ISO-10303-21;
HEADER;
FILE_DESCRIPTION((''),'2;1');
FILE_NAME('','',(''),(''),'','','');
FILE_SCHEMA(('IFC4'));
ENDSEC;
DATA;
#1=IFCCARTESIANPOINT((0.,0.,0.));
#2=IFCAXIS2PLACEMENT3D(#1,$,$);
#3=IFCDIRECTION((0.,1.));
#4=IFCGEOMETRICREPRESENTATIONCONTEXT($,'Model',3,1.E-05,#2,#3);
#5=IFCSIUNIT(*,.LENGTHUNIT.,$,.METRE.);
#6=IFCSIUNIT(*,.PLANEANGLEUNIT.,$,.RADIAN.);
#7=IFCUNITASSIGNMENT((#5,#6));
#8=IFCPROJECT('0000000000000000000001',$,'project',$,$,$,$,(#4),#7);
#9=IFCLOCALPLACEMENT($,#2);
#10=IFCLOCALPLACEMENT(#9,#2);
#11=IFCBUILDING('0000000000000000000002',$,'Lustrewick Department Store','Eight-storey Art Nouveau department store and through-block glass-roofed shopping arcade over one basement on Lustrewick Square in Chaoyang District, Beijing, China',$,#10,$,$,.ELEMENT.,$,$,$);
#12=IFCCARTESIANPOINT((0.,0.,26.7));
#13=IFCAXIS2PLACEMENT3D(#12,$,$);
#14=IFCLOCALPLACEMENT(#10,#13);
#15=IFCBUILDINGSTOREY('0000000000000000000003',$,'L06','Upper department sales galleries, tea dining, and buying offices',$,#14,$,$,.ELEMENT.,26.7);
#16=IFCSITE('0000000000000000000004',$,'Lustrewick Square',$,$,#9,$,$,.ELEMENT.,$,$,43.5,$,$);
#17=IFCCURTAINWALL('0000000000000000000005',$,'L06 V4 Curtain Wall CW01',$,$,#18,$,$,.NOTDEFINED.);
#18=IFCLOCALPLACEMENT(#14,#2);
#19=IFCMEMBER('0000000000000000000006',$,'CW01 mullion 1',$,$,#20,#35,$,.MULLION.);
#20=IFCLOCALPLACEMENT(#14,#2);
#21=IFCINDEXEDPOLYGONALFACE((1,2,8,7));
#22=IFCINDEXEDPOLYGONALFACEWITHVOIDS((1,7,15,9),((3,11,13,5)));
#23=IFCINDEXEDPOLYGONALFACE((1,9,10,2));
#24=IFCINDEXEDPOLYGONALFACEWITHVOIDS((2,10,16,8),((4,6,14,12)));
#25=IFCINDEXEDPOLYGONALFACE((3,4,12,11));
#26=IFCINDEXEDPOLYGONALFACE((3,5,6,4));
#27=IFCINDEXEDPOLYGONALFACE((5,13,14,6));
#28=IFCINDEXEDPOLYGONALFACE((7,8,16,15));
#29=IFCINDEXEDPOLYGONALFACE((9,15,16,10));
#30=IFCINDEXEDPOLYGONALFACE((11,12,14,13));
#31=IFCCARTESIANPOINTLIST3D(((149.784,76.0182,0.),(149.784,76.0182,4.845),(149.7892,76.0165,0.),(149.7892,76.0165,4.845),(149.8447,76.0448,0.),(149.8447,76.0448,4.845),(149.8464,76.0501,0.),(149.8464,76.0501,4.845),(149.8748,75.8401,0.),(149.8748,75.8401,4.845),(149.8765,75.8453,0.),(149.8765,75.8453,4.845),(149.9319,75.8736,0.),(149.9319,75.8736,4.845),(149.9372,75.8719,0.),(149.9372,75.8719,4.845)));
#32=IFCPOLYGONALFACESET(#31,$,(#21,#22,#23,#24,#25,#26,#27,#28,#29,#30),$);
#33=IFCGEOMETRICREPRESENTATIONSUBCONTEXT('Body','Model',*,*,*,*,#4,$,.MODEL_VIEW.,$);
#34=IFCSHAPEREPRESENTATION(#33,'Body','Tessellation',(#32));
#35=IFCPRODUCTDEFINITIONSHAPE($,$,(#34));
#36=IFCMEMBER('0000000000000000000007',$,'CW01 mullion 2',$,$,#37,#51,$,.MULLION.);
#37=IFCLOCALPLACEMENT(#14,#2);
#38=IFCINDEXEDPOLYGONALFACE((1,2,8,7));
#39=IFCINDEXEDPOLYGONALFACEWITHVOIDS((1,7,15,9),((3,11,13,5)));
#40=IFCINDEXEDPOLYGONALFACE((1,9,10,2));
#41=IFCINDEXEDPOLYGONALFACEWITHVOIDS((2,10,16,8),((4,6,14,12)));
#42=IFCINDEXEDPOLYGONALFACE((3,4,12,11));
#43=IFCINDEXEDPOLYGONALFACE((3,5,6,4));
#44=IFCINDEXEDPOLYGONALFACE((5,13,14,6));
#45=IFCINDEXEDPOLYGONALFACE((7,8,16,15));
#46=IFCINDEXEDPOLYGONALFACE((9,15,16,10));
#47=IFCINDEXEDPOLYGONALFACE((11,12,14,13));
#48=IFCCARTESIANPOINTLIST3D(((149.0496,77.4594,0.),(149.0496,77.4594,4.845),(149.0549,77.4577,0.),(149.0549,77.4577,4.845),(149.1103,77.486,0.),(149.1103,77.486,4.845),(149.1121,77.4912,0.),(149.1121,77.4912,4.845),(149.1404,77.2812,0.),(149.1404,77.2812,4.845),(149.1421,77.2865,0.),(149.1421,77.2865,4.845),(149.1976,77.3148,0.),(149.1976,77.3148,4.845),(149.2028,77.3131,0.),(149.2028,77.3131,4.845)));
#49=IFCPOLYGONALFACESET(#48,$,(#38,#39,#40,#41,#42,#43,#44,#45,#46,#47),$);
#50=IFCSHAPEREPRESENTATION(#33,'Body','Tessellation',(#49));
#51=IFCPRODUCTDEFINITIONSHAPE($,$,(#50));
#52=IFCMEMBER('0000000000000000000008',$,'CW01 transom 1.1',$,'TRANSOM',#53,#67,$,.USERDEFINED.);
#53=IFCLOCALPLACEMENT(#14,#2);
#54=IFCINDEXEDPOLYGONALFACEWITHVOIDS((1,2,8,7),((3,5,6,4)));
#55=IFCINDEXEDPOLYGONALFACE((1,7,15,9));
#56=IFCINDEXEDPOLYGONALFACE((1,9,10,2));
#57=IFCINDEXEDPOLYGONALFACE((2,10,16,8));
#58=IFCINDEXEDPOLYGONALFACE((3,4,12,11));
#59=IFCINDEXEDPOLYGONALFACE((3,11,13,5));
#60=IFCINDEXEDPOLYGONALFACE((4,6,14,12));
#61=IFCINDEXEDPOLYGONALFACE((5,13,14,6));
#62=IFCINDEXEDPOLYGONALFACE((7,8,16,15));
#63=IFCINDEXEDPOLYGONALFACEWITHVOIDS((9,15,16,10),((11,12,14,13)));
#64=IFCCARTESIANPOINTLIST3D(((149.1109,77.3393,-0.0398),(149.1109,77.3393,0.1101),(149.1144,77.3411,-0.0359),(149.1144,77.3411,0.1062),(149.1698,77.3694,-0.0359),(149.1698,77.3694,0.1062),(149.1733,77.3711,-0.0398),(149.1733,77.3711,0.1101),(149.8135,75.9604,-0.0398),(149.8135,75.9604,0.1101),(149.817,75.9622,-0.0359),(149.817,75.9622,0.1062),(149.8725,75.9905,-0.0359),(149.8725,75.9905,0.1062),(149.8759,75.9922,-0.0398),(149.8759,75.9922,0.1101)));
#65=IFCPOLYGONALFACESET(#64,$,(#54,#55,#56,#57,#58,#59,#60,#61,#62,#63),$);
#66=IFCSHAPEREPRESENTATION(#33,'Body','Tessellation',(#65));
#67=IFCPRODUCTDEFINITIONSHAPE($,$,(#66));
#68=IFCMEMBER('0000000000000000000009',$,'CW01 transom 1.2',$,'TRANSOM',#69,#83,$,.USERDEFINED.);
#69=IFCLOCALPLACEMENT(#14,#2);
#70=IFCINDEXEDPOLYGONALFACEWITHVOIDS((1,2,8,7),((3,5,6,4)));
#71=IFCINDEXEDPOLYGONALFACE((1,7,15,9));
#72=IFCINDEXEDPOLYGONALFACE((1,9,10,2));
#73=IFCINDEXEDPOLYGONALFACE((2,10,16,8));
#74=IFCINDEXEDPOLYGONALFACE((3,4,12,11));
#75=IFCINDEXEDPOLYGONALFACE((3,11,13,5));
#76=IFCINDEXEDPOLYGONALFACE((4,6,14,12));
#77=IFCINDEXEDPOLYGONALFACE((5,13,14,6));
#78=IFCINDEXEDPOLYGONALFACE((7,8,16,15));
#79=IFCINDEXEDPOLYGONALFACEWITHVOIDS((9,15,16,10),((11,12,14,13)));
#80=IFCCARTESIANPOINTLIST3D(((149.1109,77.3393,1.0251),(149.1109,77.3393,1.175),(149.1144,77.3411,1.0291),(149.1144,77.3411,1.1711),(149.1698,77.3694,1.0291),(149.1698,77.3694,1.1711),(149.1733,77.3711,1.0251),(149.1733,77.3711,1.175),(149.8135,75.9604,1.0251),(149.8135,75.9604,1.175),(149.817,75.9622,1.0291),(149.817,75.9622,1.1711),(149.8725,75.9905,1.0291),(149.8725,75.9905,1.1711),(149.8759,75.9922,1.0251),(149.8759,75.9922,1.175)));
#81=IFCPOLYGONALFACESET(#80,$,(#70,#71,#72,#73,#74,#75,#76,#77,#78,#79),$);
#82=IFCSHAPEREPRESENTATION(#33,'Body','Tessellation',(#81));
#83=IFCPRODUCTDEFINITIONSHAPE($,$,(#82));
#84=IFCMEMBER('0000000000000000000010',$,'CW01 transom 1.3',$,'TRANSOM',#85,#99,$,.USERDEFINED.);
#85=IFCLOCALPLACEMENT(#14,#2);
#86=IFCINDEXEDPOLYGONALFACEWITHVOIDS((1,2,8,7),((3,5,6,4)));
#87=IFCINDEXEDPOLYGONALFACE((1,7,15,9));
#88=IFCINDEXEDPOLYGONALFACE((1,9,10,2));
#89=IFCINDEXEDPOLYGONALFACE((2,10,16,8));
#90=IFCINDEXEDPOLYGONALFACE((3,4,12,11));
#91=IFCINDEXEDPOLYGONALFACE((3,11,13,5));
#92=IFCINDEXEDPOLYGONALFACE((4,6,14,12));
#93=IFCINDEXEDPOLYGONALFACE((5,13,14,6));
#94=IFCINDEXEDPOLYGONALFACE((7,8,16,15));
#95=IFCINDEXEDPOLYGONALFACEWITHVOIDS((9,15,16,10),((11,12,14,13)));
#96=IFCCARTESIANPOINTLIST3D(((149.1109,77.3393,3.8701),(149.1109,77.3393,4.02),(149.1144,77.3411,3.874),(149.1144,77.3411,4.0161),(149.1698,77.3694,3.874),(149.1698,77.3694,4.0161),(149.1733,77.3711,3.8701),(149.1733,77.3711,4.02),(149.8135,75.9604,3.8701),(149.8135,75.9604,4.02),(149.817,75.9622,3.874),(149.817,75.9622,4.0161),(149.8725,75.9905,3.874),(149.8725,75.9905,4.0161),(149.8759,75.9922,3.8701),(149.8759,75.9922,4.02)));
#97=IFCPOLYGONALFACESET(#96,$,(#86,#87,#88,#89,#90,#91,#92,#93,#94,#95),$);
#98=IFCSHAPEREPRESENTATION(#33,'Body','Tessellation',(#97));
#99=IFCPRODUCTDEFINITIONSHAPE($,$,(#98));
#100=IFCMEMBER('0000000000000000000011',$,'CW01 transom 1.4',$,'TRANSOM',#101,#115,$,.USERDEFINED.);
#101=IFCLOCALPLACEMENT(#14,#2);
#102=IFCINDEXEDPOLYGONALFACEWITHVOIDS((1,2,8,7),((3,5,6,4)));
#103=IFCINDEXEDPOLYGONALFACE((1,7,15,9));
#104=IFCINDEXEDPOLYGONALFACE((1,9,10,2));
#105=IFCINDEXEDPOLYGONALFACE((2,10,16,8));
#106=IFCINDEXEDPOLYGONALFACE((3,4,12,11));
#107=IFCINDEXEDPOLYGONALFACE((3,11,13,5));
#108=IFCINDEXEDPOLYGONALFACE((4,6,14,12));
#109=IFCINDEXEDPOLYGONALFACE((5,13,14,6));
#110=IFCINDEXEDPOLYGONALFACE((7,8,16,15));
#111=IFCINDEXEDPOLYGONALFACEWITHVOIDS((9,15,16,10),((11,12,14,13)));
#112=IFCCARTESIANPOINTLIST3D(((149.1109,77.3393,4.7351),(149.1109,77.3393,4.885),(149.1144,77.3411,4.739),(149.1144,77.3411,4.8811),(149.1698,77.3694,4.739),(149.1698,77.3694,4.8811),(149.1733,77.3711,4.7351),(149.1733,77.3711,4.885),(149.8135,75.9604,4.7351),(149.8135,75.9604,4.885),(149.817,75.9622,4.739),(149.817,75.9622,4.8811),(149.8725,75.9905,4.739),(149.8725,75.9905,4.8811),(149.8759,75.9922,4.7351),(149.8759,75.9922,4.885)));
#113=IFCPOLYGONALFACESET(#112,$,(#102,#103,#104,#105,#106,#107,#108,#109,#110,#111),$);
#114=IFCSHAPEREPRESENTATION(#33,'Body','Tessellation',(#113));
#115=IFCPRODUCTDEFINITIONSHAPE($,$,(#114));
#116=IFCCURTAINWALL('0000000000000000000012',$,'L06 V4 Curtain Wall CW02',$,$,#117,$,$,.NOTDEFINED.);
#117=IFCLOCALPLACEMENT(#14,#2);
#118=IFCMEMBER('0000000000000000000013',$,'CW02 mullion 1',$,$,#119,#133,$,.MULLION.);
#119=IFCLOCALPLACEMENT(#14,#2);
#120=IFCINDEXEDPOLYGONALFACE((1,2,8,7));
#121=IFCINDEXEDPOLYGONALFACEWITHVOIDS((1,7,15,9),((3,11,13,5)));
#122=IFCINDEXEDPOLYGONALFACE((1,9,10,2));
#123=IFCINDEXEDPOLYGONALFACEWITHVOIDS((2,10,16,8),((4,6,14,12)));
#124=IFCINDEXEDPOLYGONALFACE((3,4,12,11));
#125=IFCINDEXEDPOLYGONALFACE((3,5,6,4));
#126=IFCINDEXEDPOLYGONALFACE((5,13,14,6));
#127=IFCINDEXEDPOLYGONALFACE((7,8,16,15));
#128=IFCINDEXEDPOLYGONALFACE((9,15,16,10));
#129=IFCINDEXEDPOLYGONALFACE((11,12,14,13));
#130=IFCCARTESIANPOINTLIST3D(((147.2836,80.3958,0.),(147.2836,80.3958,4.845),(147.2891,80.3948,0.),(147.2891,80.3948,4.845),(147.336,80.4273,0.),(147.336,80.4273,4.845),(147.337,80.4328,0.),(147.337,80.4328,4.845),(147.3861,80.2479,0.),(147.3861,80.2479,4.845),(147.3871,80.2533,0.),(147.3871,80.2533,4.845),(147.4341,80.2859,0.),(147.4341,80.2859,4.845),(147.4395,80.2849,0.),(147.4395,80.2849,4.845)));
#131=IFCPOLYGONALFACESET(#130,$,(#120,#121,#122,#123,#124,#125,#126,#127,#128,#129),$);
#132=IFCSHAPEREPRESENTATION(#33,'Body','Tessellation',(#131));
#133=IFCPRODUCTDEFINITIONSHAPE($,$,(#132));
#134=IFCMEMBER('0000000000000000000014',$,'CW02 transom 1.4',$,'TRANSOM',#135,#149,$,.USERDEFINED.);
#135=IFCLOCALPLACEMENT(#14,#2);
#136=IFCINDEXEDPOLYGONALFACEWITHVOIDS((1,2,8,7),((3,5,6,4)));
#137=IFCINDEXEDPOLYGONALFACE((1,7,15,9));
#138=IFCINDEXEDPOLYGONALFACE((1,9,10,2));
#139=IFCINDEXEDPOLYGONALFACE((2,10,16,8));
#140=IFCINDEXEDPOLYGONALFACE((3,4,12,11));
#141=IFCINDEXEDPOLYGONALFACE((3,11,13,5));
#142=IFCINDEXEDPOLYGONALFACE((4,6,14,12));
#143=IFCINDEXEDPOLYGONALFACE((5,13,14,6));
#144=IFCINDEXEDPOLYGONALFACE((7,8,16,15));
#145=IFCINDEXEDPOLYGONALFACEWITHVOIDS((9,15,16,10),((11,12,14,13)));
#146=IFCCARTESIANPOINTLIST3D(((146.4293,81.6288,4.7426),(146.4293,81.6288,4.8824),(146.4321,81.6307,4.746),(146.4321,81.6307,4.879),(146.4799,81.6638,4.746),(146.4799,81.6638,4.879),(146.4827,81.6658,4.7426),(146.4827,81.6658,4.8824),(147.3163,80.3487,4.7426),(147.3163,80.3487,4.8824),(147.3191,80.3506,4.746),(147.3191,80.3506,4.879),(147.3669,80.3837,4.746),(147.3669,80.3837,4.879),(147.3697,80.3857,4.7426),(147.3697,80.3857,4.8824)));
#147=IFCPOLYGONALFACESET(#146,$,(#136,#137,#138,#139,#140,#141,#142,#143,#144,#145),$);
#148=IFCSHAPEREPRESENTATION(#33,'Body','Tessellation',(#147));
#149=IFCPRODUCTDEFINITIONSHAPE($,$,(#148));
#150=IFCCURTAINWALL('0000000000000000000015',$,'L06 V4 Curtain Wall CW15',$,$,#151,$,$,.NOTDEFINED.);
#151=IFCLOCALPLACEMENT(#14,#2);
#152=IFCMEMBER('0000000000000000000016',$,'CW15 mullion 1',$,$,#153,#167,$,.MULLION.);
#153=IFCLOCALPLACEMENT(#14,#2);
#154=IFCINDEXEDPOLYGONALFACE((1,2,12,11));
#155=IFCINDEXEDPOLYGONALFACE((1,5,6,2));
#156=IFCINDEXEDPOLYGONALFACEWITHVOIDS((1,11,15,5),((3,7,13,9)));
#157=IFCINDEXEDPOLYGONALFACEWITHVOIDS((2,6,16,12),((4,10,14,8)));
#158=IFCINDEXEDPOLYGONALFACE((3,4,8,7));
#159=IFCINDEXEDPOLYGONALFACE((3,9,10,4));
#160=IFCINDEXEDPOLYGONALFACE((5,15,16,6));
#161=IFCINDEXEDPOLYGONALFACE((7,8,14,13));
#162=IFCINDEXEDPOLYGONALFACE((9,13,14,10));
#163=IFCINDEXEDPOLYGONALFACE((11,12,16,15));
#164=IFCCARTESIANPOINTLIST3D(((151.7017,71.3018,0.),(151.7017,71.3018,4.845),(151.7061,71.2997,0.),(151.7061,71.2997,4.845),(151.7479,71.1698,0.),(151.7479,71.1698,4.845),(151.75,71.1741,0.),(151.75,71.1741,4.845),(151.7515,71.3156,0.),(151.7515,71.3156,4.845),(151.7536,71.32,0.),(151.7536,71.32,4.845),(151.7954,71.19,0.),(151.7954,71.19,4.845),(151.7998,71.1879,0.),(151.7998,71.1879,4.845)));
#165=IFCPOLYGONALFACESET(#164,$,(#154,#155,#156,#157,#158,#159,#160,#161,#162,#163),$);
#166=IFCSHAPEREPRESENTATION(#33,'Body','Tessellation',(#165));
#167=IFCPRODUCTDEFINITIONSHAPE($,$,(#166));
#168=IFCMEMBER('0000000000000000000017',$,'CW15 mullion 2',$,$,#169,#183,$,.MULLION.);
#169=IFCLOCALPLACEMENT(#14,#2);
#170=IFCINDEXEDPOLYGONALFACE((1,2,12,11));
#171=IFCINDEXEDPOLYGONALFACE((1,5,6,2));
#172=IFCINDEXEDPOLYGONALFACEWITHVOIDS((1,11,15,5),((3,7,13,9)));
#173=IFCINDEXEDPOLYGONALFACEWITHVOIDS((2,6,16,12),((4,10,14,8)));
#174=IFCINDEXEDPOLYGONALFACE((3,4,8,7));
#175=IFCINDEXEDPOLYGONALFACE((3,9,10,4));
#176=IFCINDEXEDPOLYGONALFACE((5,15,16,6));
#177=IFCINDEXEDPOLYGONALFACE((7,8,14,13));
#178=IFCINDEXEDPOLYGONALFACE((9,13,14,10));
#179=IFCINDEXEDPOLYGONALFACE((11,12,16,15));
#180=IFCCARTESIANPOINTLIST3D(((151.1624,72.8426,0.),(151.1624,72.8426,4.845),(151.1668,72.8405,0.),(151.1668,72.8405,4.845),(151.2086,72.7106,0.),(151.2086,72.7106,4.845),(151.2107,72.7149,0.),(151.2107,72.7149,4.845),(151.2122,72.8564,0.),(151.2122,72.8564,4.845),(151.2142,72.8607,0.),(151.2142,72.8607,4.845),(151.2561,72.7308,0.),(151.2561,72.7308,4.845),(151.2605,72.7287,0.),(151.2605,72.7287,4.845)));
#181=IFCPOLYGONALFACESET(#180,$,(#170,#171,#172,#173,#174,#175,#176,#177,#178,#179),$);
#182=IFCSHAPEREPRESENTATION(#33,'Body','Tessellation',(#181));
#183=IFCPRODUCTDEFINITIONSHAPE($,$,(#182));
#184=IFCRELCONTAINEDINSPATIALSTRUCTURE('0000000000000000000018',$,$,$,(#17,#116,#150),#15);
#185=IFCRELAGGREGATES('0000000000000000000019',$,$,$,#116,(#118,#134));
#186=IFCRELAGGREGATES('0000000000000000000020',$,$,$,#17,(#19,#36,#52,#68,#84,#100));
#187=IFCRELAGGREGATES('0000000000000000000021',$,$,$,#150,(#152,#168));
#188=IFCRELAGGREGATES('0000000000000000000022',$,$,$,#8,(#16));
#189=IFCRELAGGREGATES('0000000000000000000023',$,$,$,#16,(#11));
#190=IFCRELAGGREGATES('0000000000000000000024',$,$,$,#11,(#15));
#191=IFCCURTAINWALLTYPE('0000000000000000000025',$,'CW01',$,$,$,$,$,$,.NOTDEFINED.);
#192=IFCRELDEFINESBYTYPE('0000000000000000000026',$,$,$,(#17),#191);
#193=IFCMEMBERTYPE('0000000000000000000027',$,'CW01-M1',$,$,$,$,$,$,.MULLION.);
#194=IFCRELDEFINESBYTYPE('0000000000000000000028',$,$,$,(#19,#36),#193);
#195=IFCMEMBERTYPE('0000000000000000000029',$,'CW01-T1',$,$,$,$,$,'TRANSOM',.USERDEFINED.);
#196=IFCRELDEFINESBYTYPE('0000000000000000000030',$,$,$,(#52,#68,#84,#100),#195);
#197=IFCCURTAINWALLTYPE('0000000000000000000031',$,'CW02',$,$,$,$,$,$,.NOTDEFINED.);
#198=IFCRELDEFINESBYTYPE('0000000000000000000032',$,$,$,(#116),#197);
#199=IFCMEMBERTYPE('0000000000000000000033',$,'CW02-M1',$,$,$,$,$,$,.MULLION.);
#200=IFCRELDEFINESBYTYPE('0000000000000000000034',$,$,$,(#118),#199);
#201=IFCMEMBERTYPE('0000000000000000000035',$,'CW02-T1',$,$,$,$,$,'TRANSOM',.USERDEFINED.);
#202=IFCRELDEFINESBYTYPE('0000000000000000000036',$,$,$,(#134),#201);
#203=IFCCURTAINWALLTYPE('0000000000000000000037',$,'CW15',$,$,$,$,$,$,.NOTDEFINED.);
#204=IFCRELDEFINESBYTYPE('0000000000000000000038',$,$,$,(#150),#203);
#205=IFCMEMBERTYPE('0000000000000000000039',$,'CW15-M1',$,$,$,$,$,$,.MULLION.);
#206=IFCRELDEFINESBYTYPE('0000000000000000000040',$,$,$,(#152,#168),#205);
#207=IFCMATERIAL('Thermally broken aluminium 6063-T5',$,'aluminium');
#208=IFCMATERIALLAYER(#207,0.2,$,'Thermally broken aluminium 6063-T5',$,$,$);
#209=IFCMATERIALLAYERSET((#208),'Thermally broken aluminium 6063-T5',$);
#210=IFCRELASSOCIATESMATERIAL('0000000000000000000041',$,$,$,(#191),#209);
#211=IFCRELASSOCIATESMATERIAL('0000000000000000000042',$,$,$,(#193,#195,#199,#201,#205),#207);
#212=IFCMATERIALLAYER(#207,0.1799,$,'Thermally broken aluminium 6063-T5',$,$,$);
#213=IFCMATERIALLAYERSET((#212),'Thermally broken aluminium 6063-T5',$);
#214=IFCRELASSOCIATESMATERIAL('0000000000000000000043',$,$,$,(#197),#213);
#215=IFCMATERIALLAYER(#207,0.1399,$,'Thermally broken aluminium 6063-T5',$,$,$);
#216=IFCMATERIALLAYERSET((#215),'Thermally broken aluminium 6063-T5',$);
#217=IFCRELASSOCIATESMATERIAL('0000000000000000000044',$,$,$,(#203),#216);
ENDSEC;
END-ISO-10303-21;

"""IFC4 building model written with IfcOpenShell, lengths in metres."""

from ifc_helpers import new_model, si_unit, direction, frame, origin, origin_2d, place, context, subcontext, project, spatial, hollow_rectangle, extrude, material, layer, layer_set, material_profile, profile_set, type_object, element, aggregate, save


model = new_model("IFC4")

# Units and contexts
model_context = context("Model", 3, precision=1e-05, world=origin(), true_north=direction((0.0, 1.0)))
body_context = subcontext(model_context, "Body", "Model", "MODEL_VIEW")
ifc_project = project(units=[si_unit("LENGTHUNIT", "METRE"), si_unit("PLANEANGLEUNIT", "RADIAN")], contexts=[model_context])

# Site, building, storey
site_placement = place(None, origin())
site = spatial("IfcSite", under=ifc_project, at=site_placement, Name="Lustrewick Square", CompositionType="ELEMENT", RefElevation=43.5)
building_placement = place(site_placement, origin())
building = spatial("IfcBuilding", under=site, at=building_placement, Name="Lustrewick Department Store", Description="Eight-storey Art Nouveau department store and through-block glass-roofed shopping arcade over one basement on Lustrewick Square in Chaoyang District, Beijing, China", CompositionType="ELEMENT")
storey_placement = place(building_placement, frame((0.0, 0.0, 26.7)))
storey = spatial("IfcBuildingStorey", under=building, at=storey_placement, Name="L06", Description="Upper department sales galleries, tea dining, and buying offices", CompositionType="ELEMENT", Elevation=26.7)

# Curtain walls, members
ifc_material_1 = material(Name="Thermally broken aluminium 6063-T5", Category="aluminium")
ifc_layer_1 = layer(ifc_material_1, 0.2, Name="Thermally broken aluminium 6063-T5")
ifc_layer_set_1 = layer_set([ifc_layer_1], Name="Thermally broken aluminium 6063-T5")
curtain_wall_type_1 = type_object("IfcCurtainWallType", Name="CW01", PredefinedType="NOTDEFINED", material=ifc_layer_set_1)
curtain_wall_1_placement = place(storey_placement, origin())
curtain_wall_1 = element("IfcCurtainWall", 1, at=curtain_wall_1_placement, inside=storey, type_object=curtain_wall_type_1, Name="L06 V4 Curtain Wall CW01", PredefinedType="NOTDEFINED")
ifc_material_profile_1 = material_profile(ifc_material_1, hollow_rectangle(XDim=0.0701, YDim=0.2, WallThickness=0.0039, at=origin_2d()), Name="ALU-M 70x200x4")
ifc_profile_set_1 = profile_set([ifc_material_profile_1], Name="Thermally broken aluminium 6063-T5")
member_type_1 = type_object("IfcMemberType", Name="CW01-M1", PredefinedType="MULLION", material=ifc_profile_set_1)
member_1_placement = place(storey_placement, frame((149.8606, 75.9451, 0.0), z_axis=(0.0, 0.0, 1.0), x_axis=(-0.891024, -0.453957, 0.0)))
member_1 = element("IfcMember", 2, at=member_1_placement, type_object=member_type_1, Name="CW01 mullion 1", PredefinedType="MULLION", context=body_context, shape_type="SweptSolid", body=[
    extrude(hollow_rectangle(XDim=0.0701, YDim=0.2, WallThickness=0.0039, at=origin_2d()), origin(), (0.0, 0.0, 1.0), 4.845),
])
member_2_placement = place(storey_placement, frame((149.1262, 77.3862, 0.0), z_axis=(0.0, 0.0, 1.0), x_axis=(-0.891024, -0.453957, 0.0)))
member_2 = element("IfcMember", 3, at=member_2_placement, type_object=member_type_1, Name="CW01 mullion 2", PredefinedType="MULLION", context=body_context, shape_type="SweptSolid", body=[
    extrude(hollow_rectangle(XDim=0.0701, YDim=0.2, WallThickness=0.0039, at=origin_2d()), origin(), (0.0, 0.0, 1.0), 4.845),
])
ifc_material_profile_2 = material_profile(ifc_material_1, hollow_rectangle(XDim=0.0701, YDim=0.1499, WallThickness=0.0039, at=origin_2d()), Name="ALU-T 70x150x4")
ifc_profile_set_2 = profile_set([ifc_material_profile_2], Name="Thermally broken aluminium 6063-T5")
member_type_2 = type_object("IfcMemberType", Name="CW01-T1", ElementType="TRANSOM", PredefinedType="USERDEFINED", material=ifc_profile_set_2)
member_3_placement = place(storey_placement, frame((149.8447, 75.9763, 0.0352), z_axis=(-0.454016, 0.890994, 0.0), x_axis=(-0.890994, -0.454016, 0.0)))
member_3 = element("IfcMember", 4, at=member_3_placement, type_object=member_type_2, Name="CW01 transom 1.1", ObjectType="TRANSOM", PredefinedType="USERDEFINED", context=body_context, shape_type="SweptSolid", body=[
    extrude(hollow_rectangle(XDim=0.0701, YDim=0.1499, WallThickness=0.0039, at=origin_2d()), origin(), (0.0, 0.0, 1.0), 1.5476),
])
member_4_placement = place(storey_placement, frame((149.8447, 75.9763, 1.1001), z_axis=(-0.454016, 0.890994, 0.0), x_axis=(-0.890994, -0.454016, 0.0)))
member_4 = element("IfcMember", 5, at=member_4_placement, type_object=member_type_2, Name="CW01 transom 1.2", ObjectType="TRANSOM", PredefinedType="USERDEFINED", context=body_context, shape_type="SweptSolid", body=[
    extrude(hollow_rectangle(XDim=0.0701, YDim=0.1499, WallThickness=0.0039, at=origin_2d()), origin(), (0.0, 0.0, 1.0), 1.5476),
])
member_5_placement = place(storey_placement, frame((149.8447, 75.9763, 3.9451), z_axis=(-0.454016, 0.890994, 0.0), x_axis=(-0.890994, -0.454016, 0.0)))
member_5 = element("IfcMember", 6, at=member_5_placement, type_object=member_type_2, Name="CW01 transom 1.3", ObjectType="TRANSOM", PredefinedType="USERDEFINED", context=body_context, shape_type="SweptSolid", body=[
    extrude(hollow_rectangle(XDim=0.0701, YDim=0.1499, WallThickness=0.0039, at=origin_2d()), origin(), (0.0, 0.0, 1.0), 1.5476),
])
member_6_placement = place(storey_placement, frame((149.8447, 75.9763, 4.8101), z_axis=(-0.454016, 0.890994, 0.0), x_axis=(-0.890994, -0.454016, 0.0)))
member_6 = element("IfcMember", 7, at=member_6_placement, type_object=member_type_2, Name="CW01 transom 1.4", ObjectType="TRANSOM", PredefinedType="USERDEFINED", context=body_context, shape_type="SweptSolid", body=[
    extrude(hollow_rectangle(XDim=0.0701, YDim=0.1499, WallThickness=0.0039, at=origin_2d()), origin(), (0.0, 0.0, 1.0), 1.5476),
])
ifc_layer_2 = layer(ifc_material_1, 0.1799, Name="Thermally broken aluminium 6063-T5")
ifc_layer_set_2 = layer_set([ifc_layer_2], Name="Thermally broken aluminium 6063-T5")
curtain_wall_type_2 = type_object("IfcCurtainWallType", Name="CW02", PredefinedType="NOTDEFINED", material=ifc_layer_set_2)
curtain_wall_2_placement = place(storey_placement, origin())
curtain_wall_2 = element("IfcCurtainWall", 8, at=curtain_wall_2_placement, inside=storey, type_object=curtain_wall_type_2, Name="L06 V4 Curtain Wall CW02", PredefinedType="NOTDEFINED")
ifc_material_profile_3 = material_profile(ifc_material_1, hollow_rectangle(XDim=0.0649, YDim=0.1799, WallThickness=0.0039, at=origin_2d()), Name="ALU-M 65x180x4")
ifc_profile_set_3 = profile_set([ifc_material_profile_3], Name="Thermally broken aluminium 6063-T5")
member_type_3 = type_object("IfcMemberType", Name="CW02-M1", PredefinedType="MULLION", material=ifc_profile_set_3)
member_7_placement = place(storey_placement, frame((147.3616, 80.3403, 0.0), z_axis=(0.0, 0.0, 1.0), x_axis=(-0.821979, -0.569518, 0.0)))
member_7 = element("IfcMember", 9, at=member_7_placement, type_object=member_type_3, Name="CW02 mullion 1", PredefinedType="MULLION", context=body_context, shape_type="SweptSolid", body=[
    extrude(hollow_rectangle(XDim=0.0649, YDim=0.1799, WallThickness=0.0039, at=origin_2d()), origin(), (0.0, 0.0, 1.0), 4.845),
])
ifc_material_profile_4 = material_profile(ifc_material_1, hollow_rectangle(XDim=0.0649, YDim=0.1399, WallThickness=0.0034, at=origin_2d()), Name="ALU-T 65x140x3.5")
ifc_profile_set_4 = profile_set([ifc_material_profile_4], Name="Thermally broken aluminium 6063-T5")
member_type_4 = type_object("IfcMemberType", Name="CW02-T1", ElementType="TRANSOM", PredefinedType="USERDEFINED", material=ifc_profile_set_4)
member_8_placement = place(storey_placement, frame((147.343, 80.3672, 4.8125), z_axis=(-0.569552, 0.821955, 0.0), x_axis=(-0.821955, -0.569552, 0.0)))
member_8 = element("IfcMember", 10, at=member_8_placement, type_object=member_type_4, Name="CW02 transom 1.4", ObjectType="TRANSOM", PredefinedType="USERDEFINED", context=body_context, shape_type="SweptSolid", body=[
    extrude(hollow_rectangle(XDim=0.0649, YDim=0.1399, WallThickness=0.0034, at=origin_2d()), origin(), (0.0, 0.0, 1.0), 1.5574),
])
aggregate(curtain_wall_2, [member_7, member_8])
ifc_layer_3 = layer(ifc_material_1, 0.1399, Name="Thermally broken aluminium 6063-T5")
ifc_layer_set_3 = layer_set([ifc_layer_3], Name="Thermally broken aluminium 6063-T5")
curtain_wall_type_3 = type_object("IfcCurtainWallType", Name="CW15", PredefinedType="NOTDEFINED", material=ifc_layer_set_3)
curtain_wall_3_placement = place(storey_placement, origin())
curtain_wall_3 = element("IfcCurtainWall", 11, at=curtain_wall_3_placement, inside=storey, type_object=curtain_wall_type_3, Name="L06 V4 Curtain Wall CW15", PredefinedType="NOTDEFINED")
ifc_material_profile_5 = material_profile(ifc_material_1, hollow_rectangle(XDim=0.0549, YDim=0.1399, WallThickness=0.0034, at=origin_2d()), Name="ALU-M 55x140x3.5")
ifc_profile_set_5 = profile_set([ifc_material_profile_5], Name="Thermally broken aluminium 6063-T5")
member_type_5 = type_object("IfcMemberType", Name="CW15-M1", PredefinedType="MULLION", material=ifc_profile_set_5)
member_9_placement = place(storey_placement, frame((151.7507, 71.2449, 0.0), z_axis=(0.0, 0.0, 1.0), x_axis=(-0.943885, -0.330274, 0.0)))
member_9 = element("IfcMember", 12, at=member_9_placement, type_object=member_type_5, Name="CW15 mullion 1", PredefinedType="MULLION", context=body_context, shape_type="SweptSolid", body=[
    extrude(hollow_rectangle(XDim=0.0549, YDim=0.1399, WallThickness=0.0034, at=origin_2d()), origin(), (0.0, 0.0, 1.0), 4.845),
])
member_10_placement = place(storey_placement, frame((151.2114, 72.7856, 0.0), z_axis=(0.0, 0.0, 1.0), x_axis=(-0.943885, -0.330274, 0.0)))
member_10 = element("IfcMember", 13, at=member_10_placement, type_object=member_type_5, Name="CW15 mullion 2", PredefinedType="MULLION", context=body_context, shape_type="SweptSolid", body=[
    extrude(hollow_rectangle(XDim=0.0549, YDim=0.1399, WallThickness=0.0034, at=origin_2d()), origin(), (0.0, 0.0, 1.0), 4.845),
])

aggregate(curtain_wall_1, [member_1, member_2, member_3, member_4, member_5, member_6])
aggregate(curtain_wall_3, [member_9, member_10])

save(model, "model.ifc")
